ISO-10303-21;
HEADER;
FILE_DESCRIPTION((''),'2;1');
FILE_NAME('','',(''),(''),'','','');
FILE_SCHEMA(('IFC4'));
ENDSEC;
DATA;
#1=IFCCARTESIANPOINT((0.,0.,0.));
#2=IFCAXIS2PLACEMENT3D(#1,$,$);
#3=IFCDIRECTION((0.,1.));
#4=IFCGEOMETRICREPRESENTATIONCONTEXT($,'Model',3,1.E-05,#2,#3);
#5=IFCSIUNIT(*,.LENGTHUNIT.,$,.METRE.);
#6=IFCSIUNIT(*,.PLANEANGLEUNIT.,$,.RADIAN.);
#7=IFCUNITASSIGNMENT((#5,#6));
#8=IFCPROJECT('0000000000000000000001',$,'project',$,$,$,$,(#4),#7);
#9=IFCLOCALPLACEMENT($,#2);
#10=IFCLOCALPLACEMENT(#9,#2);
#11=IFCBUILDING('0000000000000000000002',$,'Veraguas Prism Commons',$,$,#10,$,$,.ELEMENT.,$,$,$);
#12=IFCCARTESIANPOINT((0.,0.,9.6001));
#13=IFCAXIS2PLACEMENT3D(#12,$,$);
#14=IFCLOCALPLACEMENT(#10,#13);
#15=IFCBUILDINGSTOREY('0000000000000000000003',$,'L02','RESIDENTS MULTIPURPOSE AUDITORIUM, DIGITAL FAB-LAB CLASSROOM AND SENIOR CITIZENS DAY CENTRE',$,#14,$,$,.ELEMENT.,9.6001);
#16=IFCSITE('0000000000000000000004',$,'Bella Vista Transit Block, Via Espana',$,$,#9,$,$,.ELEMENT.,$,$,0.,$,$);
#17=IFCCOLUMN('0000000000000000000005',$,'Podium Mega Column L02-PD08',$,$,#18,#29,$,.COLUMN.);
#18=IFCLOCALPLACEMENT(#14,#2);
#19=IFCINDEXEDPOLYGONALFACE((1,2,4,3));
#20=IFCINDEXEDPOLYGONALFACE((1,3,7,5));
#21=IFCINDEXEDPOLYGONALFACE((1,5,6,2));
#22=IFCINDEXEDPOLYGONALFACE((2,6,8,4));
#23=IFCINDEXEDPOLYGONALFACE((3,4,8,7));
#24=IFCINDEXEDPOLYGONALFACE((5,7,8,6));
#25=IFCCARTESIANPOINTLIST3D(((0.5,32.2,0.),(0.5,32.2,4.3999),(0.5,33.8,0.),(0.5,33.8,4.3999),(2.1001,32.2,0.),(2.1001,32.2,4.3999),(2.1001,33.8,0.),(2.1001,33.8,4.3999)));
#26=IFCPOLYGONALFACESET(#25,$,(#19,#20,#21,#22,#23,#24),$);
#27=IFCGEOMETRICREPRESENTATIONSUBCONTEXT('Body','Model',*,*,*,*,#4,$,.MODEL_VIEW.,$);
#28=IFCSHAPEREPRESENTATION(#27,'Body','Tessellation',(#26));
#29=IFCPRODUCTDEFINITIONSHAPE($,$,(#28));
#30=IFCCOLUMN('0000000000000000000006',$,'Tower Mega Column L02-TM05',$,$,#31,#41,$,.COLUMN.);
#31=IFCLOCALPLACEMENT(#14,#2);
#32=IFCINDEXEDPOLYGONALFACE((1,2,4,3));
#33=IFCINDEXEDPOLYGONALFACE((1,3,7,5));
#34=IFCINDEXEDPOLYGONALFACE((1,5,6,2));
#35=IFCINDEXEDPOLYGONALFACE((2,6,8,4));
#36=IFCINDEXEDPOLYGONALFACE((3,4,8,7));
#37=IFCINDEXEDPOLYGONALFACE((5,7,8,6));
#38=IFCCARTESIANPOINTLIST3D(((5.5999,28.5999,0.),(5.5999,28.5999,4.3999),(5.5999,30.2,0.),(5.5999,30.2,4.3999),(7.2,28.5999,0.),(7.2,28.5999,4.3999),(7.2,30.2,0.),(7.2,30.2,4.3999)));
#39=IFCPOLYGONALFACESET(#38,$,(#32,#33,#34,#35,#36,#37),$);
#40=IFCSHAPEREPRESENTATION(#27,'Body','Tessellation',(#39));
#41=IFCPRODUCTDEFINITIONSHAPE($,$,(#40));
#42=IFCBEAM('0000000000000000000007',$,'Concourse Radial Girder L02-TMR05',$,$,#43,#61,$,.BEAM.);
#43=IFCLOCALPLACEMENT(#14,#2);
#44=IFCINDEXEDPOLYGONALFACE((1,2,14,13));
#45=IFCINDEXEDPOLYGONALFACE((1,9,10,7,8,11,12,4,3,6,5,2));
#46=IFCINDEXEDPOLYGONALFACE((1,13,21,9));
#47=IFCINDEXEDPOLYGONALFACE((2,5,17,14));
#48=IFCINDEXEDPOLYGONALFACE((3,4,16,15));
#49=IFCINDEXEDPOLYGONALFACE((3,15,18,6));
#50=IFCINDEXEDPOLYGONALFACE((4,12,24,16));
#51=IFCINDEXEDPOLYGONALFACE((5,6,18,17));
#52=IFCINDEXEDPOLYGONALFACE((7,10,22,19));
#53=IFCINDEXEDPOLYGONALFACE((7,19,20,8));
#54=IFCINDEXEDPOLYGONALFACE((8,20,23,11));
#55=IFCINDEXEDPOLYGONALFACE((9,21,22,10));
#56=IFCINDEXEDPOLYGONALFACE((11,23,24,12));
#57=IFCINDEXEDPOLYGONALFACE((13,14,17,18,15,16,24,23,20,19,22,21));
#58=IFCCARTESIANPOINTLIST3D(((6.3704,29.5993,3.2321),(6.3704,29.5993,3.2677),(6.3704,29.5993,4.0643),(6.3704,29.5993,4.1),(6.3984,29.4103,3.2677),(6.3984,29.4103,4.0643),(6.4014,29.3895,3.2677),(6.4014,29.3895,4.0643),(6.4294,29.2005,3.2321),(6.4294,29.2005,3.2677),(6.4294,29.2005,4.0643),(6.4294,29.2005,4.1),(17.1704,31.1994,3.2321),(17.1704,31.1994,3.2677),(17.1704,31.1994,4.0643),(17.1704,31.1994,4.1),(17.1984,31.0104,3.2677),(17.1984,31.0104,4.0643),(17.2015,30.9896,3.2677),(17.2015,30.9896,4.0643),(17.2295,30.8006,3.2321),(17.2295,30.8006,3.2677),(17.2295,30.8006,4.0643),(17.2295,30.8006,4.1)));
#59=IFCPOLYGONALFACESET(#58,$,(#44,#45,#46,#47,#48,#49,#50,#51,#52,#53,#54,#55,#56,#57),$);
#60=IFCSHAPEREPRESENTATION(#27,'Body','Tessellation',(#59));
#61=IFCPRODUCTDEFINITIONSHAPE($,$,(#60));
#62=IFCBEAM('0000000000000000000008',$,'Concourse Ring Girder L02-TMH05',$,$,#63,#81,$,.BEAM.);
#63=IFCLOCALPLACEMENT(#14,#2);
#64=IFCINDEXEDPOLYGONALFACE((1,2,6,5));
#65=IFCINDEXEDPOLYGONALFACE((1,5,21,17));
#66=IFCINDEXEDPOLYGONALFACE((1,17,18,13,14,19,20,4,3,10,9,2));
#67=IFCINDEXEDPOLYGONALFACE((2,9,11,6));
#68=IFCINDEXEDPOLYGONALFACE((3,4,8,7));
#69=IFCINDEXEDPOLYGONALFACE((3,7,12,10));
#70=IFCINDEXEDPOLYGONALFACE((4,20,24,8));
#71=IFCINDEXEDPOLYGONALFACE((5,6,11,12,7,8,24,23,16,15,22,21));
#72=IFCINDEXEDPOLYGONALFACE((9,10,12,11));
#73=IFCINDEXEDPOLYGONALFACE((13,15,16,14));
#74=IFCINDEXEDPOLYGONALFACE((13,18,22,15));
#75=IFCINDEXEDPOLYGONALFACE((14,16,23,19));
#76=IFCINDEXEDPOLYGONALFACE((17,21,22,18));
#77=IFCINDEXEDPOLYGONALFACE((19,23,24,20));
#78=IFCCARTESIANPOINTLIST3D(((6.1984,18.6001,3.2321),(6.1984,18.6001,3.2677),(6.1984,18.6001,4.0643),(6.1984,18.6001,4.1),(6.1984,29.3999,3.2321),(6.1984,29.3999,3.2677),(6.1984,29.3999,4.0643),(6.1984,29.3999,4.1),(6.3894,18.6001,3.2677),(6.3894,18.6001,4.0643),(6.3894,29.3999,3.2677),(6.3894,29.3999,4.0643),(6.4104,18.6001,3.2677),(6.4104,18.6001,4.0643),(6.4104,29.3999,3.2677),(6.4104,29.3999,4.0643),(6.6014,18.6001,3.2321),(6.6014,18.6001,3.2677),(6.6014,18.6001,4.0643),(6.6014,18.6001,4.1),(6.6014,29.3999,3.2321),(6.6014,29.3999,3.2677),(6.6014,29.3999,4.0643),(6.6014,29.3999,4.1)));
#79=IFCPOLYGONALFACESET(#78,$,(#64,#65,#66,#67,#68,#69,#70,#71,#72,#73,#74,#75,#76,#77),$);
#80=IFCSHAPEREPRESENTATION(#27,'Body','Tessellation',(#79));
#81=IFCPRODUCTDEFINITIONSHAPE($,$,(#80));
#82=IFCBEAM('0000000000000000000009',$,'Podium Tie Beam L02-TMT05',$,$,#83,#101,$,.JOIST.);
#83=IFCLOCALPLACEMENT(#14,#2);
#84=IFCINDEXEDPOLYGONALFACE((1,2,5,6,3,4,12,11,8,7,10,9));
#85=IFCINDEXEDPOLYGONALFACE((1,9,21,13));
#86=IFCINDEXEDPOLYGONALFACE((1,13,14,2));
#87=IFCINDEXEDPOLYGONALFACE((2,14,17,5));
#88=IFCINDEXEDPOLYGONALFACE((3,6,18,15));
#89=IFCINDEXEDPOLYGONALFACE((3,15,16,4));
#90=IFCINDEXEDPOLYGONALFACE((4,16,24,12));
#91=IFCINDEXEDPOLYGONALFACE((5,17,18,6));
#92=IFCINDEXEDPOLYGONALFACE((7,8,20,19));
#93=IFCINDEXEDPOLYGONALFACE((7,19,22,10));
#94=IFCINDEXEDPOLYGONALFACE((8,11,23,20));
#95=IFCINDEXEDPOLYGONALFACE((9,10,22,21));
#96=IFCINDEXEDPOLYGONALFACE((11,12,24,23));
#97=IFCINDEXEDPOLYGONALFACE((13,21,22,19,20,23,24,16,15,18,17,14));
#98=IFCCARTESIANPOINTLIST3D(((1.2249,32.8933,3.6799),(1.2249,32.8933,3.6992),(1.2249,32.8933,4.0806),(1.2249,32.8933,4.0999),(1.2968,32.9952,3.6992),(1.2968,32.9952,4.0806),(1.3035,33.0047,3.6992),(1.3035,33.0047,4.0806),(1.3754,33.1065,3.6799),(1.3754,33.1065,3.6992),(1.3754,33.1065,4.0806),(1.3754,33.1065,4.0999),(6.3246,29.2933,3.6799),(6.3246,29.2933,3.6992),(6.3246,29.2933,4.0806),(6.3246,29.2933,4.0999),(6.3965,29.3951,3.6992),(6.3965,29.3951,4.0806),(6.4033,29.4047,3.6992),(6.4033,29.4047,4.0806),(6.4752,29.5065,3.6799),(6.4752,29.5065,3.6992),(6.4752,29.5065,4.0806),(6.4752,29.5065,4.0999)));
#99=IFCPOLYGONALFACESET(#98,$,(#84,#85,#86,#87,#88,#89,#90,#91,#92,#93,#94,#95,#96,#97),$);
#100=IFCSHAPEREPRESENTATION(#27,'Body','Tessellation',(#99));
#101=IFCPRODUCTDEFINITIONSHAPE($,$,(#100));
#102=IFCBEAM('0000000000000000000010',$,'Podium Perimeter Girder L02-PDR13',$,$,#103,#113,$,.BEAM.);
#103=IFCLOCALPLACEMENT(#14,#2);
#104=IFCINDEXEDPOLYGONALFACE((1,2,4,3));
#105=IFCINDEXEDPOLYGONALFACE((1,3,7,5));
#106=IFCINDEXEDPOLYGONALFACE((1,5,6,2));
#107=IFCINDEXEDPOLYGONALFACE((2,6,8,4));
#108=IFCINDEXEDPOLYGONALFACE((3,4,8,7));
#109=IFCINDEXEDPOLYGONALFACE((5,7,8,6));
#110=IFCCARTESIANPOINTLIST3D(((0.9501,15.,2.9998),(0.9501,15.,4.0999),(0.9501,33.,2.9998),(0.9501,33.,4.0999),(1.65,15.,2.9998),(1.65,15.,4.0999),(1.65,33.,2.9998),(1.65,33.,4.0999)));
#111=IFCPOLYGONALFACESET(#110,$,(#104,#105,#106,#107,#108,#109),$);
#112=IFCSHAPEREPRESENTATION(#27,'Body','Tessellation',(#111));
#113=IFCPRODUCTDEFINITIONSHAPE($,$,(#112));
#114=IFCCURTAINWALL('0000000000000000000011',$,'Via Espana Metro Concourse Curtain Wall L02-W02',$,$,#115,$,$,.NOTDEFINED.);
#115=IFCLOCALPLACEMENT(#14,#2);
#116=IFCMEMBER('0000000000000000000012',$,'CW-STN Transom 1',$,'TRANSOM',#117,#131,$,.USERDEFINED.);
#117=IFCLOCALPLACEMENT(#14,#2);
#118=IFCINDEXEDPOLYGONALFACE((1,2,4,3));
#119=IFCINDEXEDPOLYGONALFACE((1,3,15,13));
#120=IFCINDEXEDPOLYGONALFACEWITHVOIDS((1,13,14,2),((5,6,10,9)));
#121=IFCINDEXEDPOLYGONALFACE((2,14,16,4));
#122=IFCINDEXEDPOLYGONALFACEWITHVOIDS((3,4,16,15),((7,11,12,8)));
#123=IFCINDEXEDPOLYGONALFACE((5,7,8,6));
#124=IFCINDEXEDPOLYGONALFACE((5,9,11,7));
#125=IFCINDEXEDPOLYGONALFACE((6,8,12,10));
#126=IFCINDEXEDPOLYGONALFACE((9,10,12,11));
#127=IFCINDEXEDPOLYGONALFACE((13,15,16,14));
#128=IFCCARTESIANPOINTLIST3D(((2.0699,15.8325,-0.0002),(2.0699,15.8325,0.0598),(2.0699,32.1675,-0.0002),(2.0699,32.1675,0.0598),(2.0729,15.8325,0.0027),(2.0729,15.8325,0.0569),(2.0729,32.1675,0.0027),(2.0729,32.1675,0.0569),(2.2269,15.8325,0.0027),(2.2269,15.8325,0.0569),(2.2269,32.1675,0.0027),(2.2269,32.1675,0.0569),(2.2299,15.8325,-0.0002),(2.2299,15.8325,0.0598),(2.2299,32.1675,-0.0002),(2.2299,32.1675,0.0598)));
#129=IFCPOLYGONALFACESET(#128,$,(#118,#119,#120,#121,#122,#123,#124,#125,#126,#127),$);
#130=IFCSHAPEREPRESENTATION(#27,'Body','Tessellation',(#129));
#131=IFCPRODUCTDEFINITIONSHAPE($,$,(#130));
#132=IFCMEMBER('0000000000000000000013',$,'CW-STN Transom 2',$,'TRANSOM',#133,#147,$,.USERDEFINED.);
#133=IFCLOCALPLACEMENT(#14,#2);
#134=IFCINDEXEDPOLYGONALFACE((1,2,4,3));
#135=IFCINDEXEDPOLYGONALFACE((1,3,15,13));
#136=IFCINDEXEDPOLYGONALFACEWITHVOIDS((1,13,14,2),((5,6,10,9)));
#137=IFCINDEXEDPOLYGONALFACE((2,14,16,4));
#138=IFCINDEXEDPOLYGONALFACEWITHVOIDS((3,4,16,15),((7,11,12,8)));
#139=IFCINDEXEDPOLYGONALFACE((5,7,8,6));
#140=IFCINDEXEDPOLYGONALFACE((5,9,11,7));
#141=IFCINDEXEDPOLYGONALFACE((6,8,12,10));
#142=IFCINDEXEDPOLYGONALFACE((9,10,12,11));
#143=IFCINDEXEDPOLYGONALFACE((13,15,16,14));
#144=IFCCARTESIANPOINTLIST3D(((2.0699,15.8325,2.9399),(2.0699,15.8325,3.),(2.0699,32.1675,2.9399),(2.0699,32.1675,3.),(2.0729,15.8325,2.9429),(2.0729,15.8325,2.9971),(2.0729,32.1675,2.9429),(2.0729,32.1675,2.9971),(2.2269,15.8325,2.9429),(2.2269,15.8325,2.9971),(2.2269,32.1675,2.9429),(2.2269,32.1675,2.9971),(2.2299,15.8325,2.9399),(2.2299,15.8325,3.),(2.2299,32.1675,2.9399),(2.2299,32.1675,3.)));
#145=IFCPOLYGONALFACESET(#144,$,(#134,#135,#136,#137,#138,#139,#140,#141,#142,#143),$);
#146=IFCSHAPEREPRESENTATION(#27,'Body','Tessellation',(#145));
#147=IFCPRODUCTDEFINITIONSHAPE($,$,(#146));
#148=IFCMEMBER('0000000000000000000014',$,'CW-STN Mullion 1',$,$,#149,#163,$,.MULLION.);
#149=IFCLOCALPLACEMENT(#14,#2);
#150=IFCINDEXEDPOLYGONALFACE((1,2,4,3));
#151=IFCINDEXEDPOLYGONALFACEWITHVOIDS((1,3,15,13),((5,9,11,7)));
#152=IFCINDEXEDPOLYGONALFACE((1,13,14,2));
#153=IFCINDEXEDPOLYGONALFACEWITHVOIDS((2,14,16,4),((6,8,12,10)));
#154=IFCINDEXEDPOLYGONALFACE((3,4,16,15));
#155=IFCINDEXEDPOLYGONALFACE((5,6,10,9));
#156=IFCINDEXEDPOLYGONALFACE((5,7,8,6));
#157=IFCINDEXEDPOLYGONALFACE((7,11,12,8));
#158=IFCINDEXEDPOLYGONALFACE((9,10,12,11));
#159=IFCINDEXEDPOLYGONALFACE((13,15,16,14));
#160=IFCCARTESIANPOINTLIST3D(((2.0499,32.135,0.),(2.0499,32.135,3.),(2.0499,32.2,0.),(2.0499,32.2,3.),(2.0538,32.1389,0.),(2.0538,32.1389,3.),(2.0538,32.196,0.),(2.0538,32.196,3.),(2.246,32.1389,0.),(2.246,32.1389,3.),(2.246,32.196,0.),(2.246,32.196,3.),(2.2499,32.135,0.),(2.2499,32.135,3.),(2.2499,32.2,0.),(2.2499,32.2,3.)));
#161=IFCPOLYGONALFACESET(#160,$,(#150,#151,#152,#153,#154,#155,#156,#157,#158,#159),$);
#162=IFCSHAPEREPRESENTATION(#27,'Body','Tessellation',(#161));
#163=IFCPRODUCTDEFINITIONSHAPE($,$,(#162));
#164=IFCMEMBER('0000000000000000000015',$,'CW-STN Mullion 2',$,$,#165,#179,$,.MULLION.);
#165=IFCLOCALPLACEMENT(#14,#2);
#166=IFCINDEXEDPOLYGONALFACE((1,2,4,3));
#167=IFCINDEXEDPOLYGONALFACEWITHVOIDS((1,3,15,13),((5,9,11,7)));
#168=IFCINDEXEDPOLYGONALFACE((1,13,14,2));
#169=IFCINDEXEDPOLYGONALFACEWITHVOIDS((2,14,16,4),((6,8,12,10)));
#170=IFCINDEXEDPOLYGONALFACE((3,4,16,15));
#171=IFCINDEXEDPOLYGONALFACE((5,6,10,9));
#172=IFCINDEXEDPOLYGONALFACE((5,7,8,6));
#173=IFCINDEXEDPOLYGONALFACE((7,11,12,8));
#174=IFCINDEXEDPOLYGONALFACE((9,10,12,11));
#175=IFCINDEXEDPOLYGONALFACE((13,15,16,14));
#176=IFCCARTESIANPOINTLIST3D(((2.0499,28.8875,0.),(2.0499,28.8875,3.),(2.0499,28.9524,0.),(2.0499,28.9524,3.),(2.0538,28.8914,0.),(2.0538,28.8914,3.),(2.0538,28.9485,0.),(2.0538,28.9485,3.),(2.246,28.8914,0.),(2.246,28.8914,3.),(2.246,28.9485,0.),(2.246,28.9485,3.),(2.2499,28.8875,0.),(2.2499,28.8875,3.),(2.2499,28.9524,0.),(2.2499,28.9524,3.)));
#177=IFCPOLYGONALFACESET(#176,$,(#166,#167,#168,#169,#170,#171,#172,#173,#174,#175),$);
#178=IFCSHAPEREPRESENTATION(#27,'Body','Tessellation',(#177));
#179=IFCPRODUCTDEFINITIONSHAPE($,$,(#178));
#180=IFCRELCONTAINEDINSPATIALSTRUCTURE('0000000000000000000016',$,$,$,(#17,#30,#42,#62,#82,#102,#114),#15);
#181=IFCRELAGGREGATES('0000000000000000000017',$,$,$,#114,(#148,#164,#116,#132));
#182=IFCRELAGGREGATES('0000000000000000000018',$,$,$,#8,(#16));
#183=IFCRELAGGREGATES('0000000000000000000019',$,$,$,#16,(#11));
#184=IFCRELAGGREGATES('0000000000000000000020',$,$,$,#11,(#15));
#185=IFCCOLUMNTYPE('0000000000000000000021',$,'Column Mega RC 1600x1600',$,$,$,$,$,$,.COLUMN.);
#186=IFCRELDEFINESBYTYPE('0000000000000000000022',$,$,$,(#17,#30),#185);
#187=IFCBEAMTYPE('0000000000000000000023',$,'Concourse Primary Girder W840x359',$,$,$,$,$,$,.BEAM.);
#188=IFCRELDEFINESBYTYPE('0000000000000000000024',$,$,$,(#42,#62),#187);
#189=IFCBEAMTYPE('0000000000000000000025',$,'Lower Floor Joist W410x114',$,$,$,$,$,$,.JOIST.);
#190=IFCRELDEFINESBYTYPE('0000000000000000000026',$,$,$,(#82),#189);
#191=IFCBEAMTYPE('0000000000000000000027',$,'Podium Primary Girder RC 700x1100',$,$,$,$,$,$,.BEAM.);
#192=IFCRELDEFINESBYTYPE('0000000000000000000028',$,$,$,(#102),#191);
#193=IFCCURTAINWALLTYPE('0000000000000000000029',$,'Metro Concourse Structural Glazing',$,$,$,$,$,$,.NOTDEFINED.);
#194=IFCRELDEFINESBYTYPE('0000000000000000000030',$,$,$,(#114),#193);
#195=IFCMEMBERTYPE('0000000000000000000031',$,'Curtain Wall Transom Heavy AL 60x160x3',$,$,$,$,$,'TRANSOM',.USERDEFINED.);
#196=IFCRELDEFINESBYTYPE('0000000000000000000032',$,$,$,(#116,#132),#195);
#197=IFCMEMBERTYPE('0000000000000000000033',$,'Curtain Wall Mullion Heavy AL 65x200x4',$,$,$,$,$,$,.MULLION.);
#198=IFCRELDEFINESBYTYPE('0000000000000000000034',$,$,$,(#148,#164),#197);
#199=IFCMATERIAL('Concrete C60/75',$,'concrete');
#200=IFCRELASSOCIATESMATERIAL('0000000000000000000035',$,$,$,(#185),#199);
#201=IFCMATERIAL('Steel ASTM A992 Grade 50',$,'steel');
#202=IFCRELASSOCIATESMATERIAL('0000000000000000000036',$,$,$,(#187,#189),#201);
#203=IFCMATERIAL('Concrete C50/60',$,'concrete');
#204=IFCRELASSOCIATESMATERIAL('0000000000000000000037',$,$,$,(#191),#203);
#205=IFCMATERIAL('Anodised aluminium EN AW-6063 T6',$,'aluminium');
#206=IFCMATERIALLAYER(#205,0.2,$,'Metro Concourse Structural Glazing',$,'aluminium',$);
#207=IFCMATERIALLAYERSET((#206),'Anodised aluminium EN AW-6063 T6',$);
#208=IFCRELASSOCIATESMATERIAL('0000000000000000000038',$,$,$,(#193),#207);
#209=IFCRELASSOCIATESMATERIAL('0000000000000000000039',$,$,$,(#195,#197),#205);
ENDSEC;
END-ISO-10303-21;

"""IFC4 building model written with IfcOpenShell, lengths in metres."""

from ifc_helpers import new_model, si_unit, direction, frame, origin, origin_2d, place, context, subcontext, project, spatial, rectangle, hollow_rectangle, i_section, extrude, source, transform, mapped, material, layer, layer_set, material_profile, profile_set, type_object, element, aggregate, save


model = new_model("IFC4")

# Units and contexts
model_context = context("Model", 3, precision=1e-05, world=origin(), true_north=direction((0.0, 1.0)))
body_context = subcontext(model_context, "Body", "Model", "MODEL_VIEW")
ifc_project = project(units=[si_unit("LENGTHUNIT", "METRE"), si_unit("PLANEANGLEUNIT", "RADIAN")], contexts=[model_context])

# Site, building, storey
site_placement = place(None, origin())
site = spatial("IfcSite", under=ifc_project, at=site_placement, Name="Bella Vista Transit Block, Via Espana", CompositionType="ELEMENT", RefElevation=0.0)
building_placement = place(site_placement, origin())
building = spatial("IfcBuilding", under=site, at=building_placement, Name="Veraguas Prism Commons", CompositionType="ELEMENT")
storey_placement = place(building_placement, frame((0.0, 0.0, 9.6001)))
storey = spatial("IfcBuildingStorey", under=building, at=storey_placement, Name="L02", Description="RESIDENTS MULTIPURPOSE AUDITORIUM, DIGITAL FAB-LAB CLASSROOM AND SENIOR CITIZENS DAY CENTRE", CompositionType="ELEMENT", Elevation=9.6001)

# Columns
ifc_material_1 = material(Name="Concrete C60/75", Category="concrete")
ifc_material_profile_1 = material_profile(ifc_material_1, rectangle(XDim=1.6001, YDim=1.6001, at=origin_2d()), Name="RC1600X1600")
ifc_profile_set_1 = profile_set([ifc_material_profile_1], Name="Concrete C60/75")
column_type = type_object("IfcColumnType", Name="Column Mega RC 1600x1600", PredefinedType="COLUMN", material=ifc_profile_set_1)
for number, where, z_axis, x_axis, name in (
    (1, (1.3, 33.0, 0.0), (0.0, 0.0, 1.0), (1.0, 0.0, 0.0), "Podium Mega Column L02-PD08"),
    (2, (6.3999, 29.3999, 0.0), (0.0, 0.0, 1.0), (1.0, 0.0, 0.0), "Tower Mega Column L02-TM05"),
):
    element("IfcColumn", number, at=place(storey_placement, frame(where, z_axis=z_axis, x_axis=x_axis)), inside=storey, type_object=column_type, Name=name, PredefinedType="COLUMN", context=body_context, shape_type="SweptSolid", body=[
        extrude(rectangle(XDim=1.6001, YDim=1.6001, at=origin_2d()), origin(), (0.0, 0.0, 1.0), 4.3999),
    ])

# Beams
ifc_material_2 = material(Name="Steel ASTM A992 Grade 50", Category="steel")
ifc_material_profile_2 = material_profile(ifc_material_2, i_section(OverallWidth=0.4031, OverallDepth=0.8679, WebThickness=0.021, FlangeThickness=0.0356, at=origin_2d()), Name="W840X359")
ifc_profile_set_2 = profile_set([ifc_material_profile_2], Name="Steel ASTM A992 Grade 50")
beam_type_1 = type_object("IfcBeamType", Name="Concourse Primary Girder W840x359", PredefinedType="BEAM", material=ifc_profile_set_2)
beam_1_placement = place(storey_placement, frame((6.3999, 29.3999, 3.666), z_axis=(0.989202, 0.146557, 0.0), x_axis=(-0.146557, 0.989202, 0.0)))
element("IfcBeam", 3, at=beam_1_placement, inside=storey, type_object=beam_type_1, Name="Concourse Radial Girder L02-TMR05", PredefinedType="BEAM", context=body_context, shape_type="SweptSolid", body=[
    extrude(i_section(OverallWidth=0.4031, OverallDepth=0.8679, WebThickness=0.021, FlangeThickness=0.0356, at=origin_2d()), origin(), (0.0, 0.0, 1.0), 10.918),
])
beam_2_placement = place(storey_placement, frame((6.3999, 29.3999, 3.666), z_axis=(0.0, -1.0, 0.0), x_axis=(1.0, 0.0, 0.0)))
element("IfcBeam", 4, at=beam_2_placement, inside=storey, type_object=beam_type_1, Name="Concourse Ring Girder L02-TMH05", PredefinedType="BEAM", context=body_context, shape_type="SweptSolid", body=[
    extrude(i_section(OverallWidth=0.4031, OverallDepth=0.8679, WebThickness=0.021, FlangeThickness=0.0356, at=origin_2d()), origin(), (0.0, 0.0, 1.0), 10.7998),
])
ifc_material_profile_3 = material_profile(ifc_material_2, i_section(OverallWidth=0.261, OverallDepth=0.4199, WebThickness=0.0117, FlangeThickness=0.0193, at=origin_2d()), Name="W410X114")
ifc_profile_set_3 = profile_set([ifc_material_profile_3], Name="Steel ASTM A992 Grade 50")
beam_type_2 = type_object("IfcBeamType", Name="Lower Floor Joist W410x114", PredefinedType="JOIST", material=ifc_profile_set_3)
beam_3_placement = place(storey_placement, frame((6.3999, 29.3999, 3.8899), z_axis=(-0.816953, 0.576705, 0.0), x_axis=(-0.576705, -0.816953, 0.0)))
element("IfcBeam", 5, at=beam_3_placement, inside=storey, type_object=beam_type_2, Name="Podium Tie Beam L02-TMT05", PredefinedType="JOIST", context=body_context, shape_type="SweptSolid", body=[
    extrude(i_section(OverallWidth=0.261, OverallDepth=0.4199, WebThickness=0.0117, FlangeThickness=0.0193, at=origin_2d()), origin(), (0.0, 0.0, 1.0), 6.2424),
])
ifc_material_3 = material(Name="Concrete C50/60", Category="concrete")
ifc_material_profile_4 = material_profile(ifc_material_3, rectangle(XDim=0.7, YDim=1.1001, at=origin_2d()), Name="RC700X1100")
ifc_profile_set_4 = profile_set([ifc_material_profile_4], Name="Concrete C50/60")
beam_type_3 = type_object("IfcBeamType", Name="Podium Primary Girder RC 700x1100", PredefinedType="BEAM", material=ifc_profile_set_4)
beam_4_placement = place(storey_placement, frame((1.3, 33.0, 3.5498), z_axis=(0.0, -1.0, 0.0), x_axis=(1.0, 0.0, 0.0)))
element("IfcBeam", 6, at=beam_4_placement, inside=storey, type_object=beam_type_3, Name="Podium Perimeter Girder L02-PDR13", PredefinedType="BEAM", context=body_context, shape_type="SweptSolid", body=[
    extrude(rectangle(XDim=0.7, YDim=1.1001, at=origin_2d()), origin(), (0.0, 0.0, 1.0), 18.0),
])

# Curtain wall, members
ifc_material_4 = material(Name="Anodised aluminium EN AW-6063 T6", Category="aluminium")
ifc_layer_1 = layer(ifc_material_4, 0.2, Name="Metro Concourse Structural Glazing", Category="aluminium")
ifc_layer_set_1 = layer_set([ifc_layer_1], Name="Anodised aluminium EN AW-6063 T6")
curtain_wall_type = type_object("IfcCurtainWallType", Name="Metro Concourse Structural Glazing", PredefinedType="NOTDEFINED", material=ifc_layer_set_1)
curtain_wall_placement = place(storey_placement, origin())
curtain_wall = element("IfcCurtainWall", 7, at=curtain_wall_placement, inside=storey, type_object=curtain_wall_type, Name="Via Espana Metro Concourse Curtain Wall L02-W02", PredefinedType="NOTDEFINED")
ifc_material_profile_5 = material_profile(ifc_material_4, hollow_rectangle(XDim=0.0601, YDim=0.1599, WallThickness=0.0029, at=origin_2d()), Name="AL60X160X3")
ifc_profile_set_5 = profile_set([ifc_material_profile_5], Name="Anodised aluminium EN AW-6063 T6")
member_type_1 = type_object("IfcMemberType", Name="Curtain Wall Transom Heavy AL 60x160x3", ElementType="TRANSOM", PredefinedType="USERDEFINED", material=ifc_profile_set_5)
shared_shape_1 = source(origin(), body_context, "Body", "SweptSolid", [
    extrude(hollow_rectangle(XDim=0.0601, YDim=0.1599, WallThickness=0.0029, at=origin_2d()), origin(), (0.0, 0.0, 1.0), 16.335),
])
member_1_placement = place(storey_placement, frame((2.1499, 32.1675, 0.0298), z_axis=(0.0, -1.0, 0.0), x_axis=(0.0, 0.0, 1.0)))
member_1 = element("IfcMember", 8, at=member_1_placement, type_object=member_type_1, Name="CW-STN Transom 1", ObjectType="TRANSOM", PredefinedType="USERDEFINED", context=body_context, shape_type="MappedRepresentation", body=[
    mapped(shared_shape_1, transform((0.0, 0.0, 0.0), scale=1.0)),
])
member_2_placement = place(storey_placement, frame((2.1499, 32.1675, 2.97), z_axis=(0.0, -1.0, 0.0), x_axis=(0.0, 0.0, 1.0)))
member_2 = element("IfcMember", 9, at=member_2_placement, type_object=member_type_1, Name="CW-STN Transom 2", ObjectType="TRANSOM", PredefinedType="USERDEFINED", context=body_context, shape_type="MappedRepresentation", body=[
    mapped(shared_shape_1, transform((0.0, 0.0, 0.0), scale=1.0)),
])
ifc_material_profile_6 = material_profile(ifc_material_4, hollow_rectangle(XDim=0.0649, YDim=0.2, WallThickness=0.0039, at=origin_2d()), Name="AL65X200X4")
ifc_profile_set_6 = profile_set([ifc_material_profile_6], Name="Anodised aluminium EN AW-6063 T6")
member_type_2 = type_object("IfcMemberType", Name="Curtain Wall Mullion Heavy AL 65x200x4", PredefinedType="MULLION", material=ifc_profile_set_6)
shared_shape_2 = source(origin(), body_context, "Body", "SweptSolid", [
    extrude(hollow_rectangle(XDim=0.0649, YDim=0.2, WallThickness=0.0039, at=origin_2d()), origin(), (0.0, 0.0, 1.0), 3.0),
])
member_3_placement = place(storey_placement, frame((2.1499, 32.1675, 0.0), z_axis=(0.0, 0.0, 1.0), x_axis=(0.0, -1.0, 0.0)))
member_3 = element("IfcMember", 10, at=member_3_placement, type_object=member_type_2, Name="CW-STN Mullion 1", PredefinedType="MULLION", context=body_context, shape_type="MappedRepresentation", body=[
    mapped(shared_shape_2, transform((0.0, 0.0, 0.0), scale=1.0)),
])
member_4_placement = place(storey_placement, frame((2.1499, 28.9199, 0.0), z_axis=(0.0, 0.0, 1.0), x_axis=(0.0, -1.0, 0.0)))
member_4 = element("IfcMember", 11, at=member_4_placement, type_object=member_type_2, Name="CW-STN Mullion 2", PredefinedType="MULLION", context=body_context, shape_type="MappedRepresentation", body=[
    mapped(shared_shape_2, transform((0.0, 0.0, 0.0), scale=1.0)),
])
aggregate(curtain_wall, [member_3, member_4, member_1, member_2])

save(model, "model.ifc")
